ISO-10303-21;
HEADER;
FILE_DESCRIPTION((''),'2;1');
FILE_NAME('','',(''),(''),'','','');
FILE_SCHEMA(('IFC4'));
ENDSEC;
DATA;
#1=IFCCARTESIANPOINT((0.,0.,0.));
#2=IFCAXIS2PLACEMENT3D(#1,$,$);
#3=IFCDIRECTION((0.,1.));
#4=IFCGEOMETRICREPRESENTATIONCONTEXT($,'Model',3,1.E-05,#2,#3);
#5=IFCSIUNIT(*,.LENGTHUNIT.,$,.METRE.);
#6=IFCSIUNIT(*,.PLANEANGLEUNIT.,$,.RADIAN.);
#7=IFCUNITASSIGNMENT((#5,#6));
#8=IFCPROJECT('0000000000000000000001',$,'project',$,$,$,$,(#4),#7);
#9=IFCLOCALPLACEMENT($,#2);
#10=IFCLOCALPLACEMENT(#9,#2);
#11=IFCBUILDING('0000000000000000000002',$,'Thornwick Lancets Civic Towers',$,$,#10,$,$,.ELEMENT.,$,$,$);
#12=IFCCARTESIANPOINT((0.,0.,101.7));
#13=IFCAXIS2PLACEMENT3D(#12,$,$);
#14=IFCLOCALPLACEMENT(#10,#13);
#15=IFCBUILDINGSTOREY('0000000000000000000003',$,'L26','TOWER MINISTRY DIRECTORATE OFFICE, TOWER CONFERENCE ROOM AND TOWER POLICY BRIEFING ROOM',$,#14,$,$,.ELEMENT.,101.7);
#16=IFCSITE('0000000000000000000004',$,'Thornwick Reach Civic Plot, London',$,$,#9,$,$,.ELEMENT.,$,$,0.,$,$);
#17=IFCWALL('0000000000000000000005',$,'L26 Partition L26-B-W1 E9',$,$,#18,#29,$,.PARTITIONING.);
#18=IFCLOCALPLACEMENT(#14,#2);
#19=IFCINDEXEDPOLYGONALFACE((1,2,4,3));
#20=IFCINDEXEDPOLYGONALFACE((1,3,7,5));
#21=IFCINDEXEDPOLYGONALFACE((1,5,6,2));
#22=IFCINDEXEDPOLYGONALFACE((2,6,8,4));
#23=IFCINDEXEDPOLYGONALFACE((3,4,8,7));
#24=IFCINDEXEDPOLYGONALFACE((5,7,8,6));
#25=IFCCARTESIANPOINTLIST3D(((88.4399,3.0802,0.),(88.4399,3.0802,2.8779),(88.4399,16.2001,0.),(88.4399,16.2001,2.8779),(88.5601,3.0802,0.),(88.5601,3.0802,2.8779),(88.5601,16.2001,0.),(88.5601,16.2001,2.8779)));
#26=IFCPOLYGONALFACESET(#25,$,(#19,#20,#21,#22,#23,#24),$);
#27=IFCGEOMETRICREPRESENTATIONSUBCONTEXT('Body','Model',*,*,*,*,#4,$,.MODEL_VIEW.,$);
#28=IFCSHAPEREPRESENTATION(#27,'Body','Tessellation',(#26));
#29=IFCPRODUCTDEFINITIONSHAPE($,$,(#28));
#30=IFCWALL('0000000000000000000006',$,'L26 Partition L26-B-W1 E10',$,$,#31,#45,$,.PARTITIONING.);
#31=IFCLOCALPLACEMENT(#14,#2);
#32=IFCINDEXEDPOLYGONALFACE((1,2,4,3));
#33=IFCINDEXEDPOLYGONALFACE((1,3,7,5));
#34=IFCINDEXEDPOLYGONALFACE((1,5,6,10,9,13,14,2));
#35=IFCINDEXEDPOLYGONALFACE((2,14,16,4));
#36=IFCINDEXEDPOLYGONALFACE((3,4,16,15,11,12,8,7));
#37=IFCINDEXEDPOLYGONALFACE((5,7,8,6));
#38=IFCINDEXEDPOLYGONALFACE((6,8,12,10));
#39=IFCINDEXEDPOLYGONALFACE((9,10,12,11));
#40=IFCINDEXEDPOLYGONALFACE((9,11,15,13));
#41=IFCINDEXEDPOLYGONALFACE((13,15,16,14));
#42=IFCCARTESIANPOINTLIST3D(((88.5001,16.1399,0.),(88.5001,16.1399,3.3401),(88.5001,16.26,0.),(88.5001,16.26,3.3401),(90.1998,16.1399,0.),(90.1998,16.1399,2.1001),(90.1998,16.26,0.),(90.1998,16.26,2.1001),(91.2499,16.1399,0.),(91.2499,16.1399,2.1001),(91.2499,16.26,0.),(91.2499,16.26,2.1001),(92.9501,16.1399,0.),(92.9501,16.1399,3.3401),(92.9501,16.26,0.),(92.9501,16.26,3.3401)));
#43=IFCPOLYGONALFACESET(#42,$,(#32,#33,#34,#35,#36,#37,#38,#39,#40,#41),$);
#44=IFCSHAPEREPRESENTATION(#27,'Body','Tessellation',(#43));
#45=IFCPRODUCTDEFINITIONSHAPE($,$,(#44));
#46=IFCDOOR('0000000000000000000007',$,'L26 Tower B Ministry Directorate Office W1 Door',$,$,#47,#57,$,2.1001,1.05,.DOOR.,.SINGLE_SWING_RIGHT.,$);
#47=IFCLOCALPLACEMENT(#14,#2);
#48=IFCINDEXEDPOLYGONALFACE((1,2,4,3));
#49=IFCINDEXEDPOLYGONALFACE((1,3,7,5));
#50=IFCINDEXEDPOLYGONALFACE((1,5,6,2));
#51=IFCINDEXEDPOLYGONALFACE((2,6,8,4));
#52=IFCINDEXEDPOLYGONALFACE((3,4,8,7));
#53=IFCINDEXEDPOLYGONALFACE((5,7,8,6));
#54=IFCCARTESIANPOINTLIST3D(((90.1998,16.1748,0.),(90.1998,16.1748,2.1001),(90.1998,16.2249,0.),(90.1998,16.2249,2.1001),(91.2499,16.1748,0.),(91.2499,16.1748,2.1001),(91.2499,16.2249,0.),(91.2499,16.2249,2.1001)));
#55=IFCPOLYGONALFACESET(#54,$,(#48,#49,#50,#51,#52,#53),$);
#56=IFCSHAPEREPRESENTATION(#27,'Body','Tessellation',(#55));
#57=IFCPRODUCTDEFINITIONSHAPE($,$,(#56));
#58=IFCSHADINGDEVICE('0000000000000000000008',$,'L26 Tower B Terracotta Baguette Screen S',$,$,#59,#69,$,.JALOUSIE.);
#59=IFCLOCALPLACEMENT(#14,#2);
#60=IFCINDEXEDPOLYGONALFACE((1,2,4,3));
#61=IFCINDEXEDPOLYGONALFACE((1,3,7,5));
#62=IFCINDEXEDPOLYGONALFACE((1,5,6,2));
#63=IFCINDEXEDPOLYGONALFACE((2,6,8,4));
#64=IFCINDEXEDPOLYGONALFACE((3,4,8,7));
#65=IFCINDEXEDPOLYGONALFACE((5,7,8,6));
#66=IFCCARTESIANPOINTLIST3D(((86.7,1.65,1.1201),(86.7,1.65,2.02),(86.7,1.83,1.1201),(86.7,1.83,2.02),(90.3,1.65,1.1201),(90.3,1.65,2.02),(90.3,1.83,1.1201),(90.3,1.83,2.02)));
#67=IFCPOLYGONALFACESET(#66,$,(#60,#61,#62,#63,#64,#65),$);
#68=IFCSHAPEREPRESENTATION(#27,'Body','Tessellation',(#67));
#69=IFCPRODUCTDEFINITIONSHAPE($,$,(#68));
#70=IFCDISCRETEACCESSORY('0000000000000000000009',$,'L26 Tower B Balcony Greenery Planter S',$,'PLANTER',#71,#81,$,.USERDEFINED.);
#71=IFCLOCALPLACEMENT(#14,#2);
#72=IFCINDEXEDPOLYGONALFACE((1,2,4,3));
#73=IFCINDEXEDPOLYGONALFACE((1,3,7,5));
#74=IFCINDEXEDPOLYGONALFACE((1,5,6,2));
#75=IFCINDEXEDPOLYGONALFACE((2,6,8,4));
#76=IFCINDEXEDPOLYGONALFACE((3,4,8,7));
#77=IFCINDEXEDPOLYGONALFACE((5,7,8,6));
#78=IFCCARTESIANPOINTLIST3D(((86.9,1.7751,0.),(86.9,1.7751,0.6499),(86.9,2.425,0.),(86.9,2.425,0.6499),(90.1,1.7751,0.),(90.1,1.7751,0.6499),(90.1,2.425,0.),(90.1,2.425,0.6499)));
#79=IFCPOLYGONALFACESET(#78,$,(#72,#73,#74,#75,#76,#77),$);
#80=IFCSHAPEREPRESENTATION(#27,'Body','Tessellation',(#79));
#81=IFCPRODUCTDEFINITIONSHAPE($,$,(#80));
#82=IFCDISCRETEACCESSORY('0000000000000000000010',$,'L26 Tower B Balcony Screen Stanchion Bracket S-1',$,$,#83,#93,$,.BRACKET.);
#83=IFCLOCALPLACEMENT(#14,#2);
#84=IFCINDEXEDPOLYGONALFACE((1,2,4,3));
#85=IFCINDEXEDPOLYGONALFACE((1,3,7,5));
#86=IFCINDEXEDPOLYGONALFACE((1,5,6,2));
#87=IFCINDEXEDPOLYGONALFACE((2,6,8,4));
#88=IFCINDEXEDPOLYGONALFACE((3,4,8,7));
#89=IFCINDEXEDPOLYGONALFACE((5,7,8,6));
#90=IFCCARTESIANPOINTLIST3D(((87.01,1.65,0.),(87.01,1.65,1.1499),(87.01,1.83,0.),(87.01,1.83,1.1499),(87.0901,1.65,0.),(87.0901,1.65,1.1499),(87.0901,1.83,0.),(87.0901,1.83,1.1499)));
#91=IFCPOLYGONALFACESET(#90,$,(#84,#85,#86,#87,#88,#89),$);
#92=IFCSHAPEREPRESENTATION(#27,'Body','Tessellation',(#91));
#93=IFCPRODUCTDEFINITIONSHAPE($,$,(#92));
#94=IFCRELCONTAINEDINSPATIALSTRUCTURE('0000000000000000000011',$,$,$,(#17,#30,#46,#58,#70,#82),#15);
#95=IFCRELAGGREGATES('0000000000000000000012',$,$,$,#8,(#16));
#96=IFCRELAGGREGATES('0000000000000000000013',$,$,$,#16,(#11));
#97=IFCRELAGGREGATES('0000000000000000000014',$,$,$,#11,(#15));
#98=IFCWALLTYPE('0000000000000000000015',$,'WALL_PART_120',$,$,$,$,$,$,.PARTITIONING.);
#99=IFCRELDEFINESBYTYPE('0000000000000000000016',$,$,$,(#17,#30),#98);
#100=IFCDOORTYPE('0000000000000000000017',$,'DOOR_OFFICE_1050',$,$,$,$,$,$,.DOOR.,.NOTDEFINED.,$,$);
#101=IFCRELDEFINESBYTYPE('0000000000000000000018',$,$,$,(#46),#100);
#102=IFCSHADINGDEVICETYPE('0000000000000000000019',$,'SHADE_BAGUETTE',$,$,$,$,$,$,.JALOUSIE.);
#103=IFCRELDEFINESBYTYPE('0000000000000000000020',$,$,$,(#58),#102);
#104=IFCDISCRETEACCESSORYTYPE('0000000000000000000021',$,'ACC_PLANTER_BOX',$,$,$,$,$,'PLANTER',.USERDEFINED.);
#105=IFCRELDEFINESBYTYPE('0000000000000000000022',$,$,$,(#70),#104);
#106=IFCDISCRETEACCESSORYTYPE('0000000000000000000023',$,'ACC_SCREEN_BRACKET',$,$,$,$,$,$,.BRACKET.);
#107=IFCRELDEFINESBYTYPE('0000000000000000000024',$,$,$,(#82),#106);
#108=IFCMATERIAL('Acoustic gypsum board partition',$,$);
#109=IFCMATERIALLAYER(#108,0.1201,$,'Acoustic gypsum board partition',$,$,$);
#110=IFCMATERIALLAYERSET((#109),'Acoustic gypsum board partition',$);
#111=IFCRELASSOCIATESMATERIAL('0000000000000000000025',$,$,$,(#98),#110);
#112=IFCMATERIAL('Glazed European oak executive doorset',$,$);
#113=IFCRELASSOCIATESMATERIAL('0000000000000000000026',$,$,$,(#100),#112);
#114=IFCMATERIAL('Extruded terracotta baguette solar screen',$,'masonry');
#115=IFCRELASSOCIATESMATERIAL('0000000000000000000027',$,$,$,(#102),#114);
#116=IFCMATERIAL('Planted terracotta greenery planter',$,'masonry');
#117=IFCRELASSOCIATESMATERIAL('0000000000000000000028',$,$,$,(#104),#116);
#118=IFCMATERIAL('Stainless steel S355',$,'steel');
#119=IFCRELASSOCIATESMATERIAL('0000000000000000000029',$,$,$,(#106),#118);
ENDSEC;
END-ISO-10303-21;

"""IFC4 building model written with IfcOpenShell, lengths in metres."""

from ifc_helpers import new_model, si_unit, direction, frame, frame_2d, origin, origin_2d, place, context, subcontext, project, spatial, rectangle, extrude, material, layer, layer_set, type_object, element, fill, save


model = new_model("IFC4")

# Units and contexts
model_context = context("Model", 3, precision=1e-05, world=origin(), true_north=direction((0.0, 1.0)))
body_context = subcontext(model_context, "Body", "Model", "MODEL_VIEW")
ifc_project = project(units=[si_unit("LENGTHUNIT", "METRE"), si_unit("PLANEANGLEUNIT", "RADIAN")], contexts=[model_context])

# Site, building, storey
site_placement = place(None, origin())
site = spatial("IfcSite", under=ifc_project, at=site_placement, Name="Thornwick Reach Civic Plot, London", CompositionType="ELEMENT", RefElevation=0.0)
building_placement = place(site_placement, origin())
building = spatial("IfcBuilding", under=site, at=building_placement, Name="Thornwick Lancets Civic Towers", CompositionType="ELEMENT")
storey_placement = place(building_placement, frame((0.0, 0.0, 101.7)))
storey = spatial("IfcBuildingStorey", under=building, at=storey_placement, Name="L26", Description="TOWER MINISTRY DIRECTORATE OFFICE, TOWER CONFERENCE ROOM AND TOWER POLICY BRIEFING ROOM", CompositionType="ELEMENT", Elevation=101.7)

# Wall
ifc_material_1 = material(Name="Acoustic gypsum board partition")
ifc_layer_1 = layer(ifc_material_1, 0.1201, Name="Acoustic gypsum board partition")
ifc_layer_set_1 = layer_set([ifc_layer_1], Name="Acoustic gypsum board partition")
wall_type_1 = type_object("IfcWallType", Name="WALL_PART_120", PredefinedType="PARTITIONING", material=ifc_layer_set_1)
wall_1_placement = place(storey_placement, frame((88.5, 3.0801, 0.0), z_axis=(0.0, 0.0, 1.0), x_axis=(0.0, 1.0, 0.0)))
element("IfcWall", 1, at=wall_1_placement, inside=storey, type_object=wall_type_1, Name="L26 Partition L26-B-W1 E9", PredefinedType="PARTITIONING", context=body_context, shape_type="SweptSolid", body=[
    extrude(rectangle(XDim=13.1199, YDim=0.1201, at=frame_2d((6.5601, 0.0))), origin(), (0.0, 0.0, 1.0), 2.8779),
])

# Wall, opening, door
wall_2_placement = place(storey_placement, frame((88.5, 16.2, 0.0), z_axis=(0.0, 0.0, 1.0), x_axis=(1.0, 0.0, 0.0)))
wall_2 = element("IfcWall", 2, at=wall_2_placement, inside=storey, type_object=wall_type_1, Name="L26 Partition L26-B-W1 E10", PredefinedType="PARTITIONING", context=body_context, shape_type="SweptSolid", body=[
    extrude(rectangle(XDim=4.45, YDim=0.1201, at=frame_2d((2.2251, 0.0))), origin(), (0.0, 0.0, 1.0), 3.3401),
])
opening_1_placement = place(wall_2_placement, frame((1.7, 0.0, 0.0)))
opening_1 = element("IfcOpeningElement", 3, at=opening_1_placement, cuts=wall_2, PredefinedType="OPENING", context=body_context, shape_type="SweptSolid", body=[
    extrude(rectangle(XDim=1.05, YDim=2.1001, at=frame_2d((0.5249, 1.05))), frame((0.0, 0.0701, 0.0), z_axis=(0.0, -1.0, 0.0), x_axis=(1.0, 0.0, 0.0)), (0.0, 0.0, 1.0), 0.1401),
])
ifc_material_2 = material(Name="Glazed European oak executive doorset")
door_type = type_object("IfcDoorType", Name="DOOR_OFFICE_1050", OperationType="NOTDEFINED", PredefinedType="DOOR", material=ifc_material_2)
door_placement = place(opening_1_placement, origin())
door = element("IfcDoor", 4, at=door_placement, inside=storey, type_object=door_type, Name="L26 Tower B Ministry Directorate Office W1 Door", OperationType="SINGLE_SWING_RIGHT", OverallHeight=2.1001, OverallWidth=1.05, PredefinedType="DOOR", context=body_context, shape_type="SweptSolid", body=[
    extrude(rectangle(XDim=1.05, YDim=2.1001, at=frame_2d((0.5249, 1.05))), frame((0.0, 0.0249, 0.0), z_axis=(0.0, -1.0, 0.0), x_axis=(1.0, 0.0, 0.0)), (0.0, 0.0, 1.0), 0.05),
])
fill(opening_1, door)

# Shading device
ifc_material_3 = material(Name="Extruded terracotta baguette solar screen", Category="masonry")
shading_device_type = type_object("IfcShadingDeviceType", Name="SHADE_BAGUETTE", PredefinedType="JALOUSIE", material=ifc_material_3)
shading_device_placement = place(storey_placement, frame((88.5, 1.74, 1.1201), z_axis=(0.0, 0.0, 1.0), x_axis=(1.0, 0.0, 0.0)))
element("IfcShadingDevice", 5, at=shading_device_placement, inside=storey, type_object=shading_device_type, Name="L26 Tower B Terracotta Baguette Screen S", PredefinedType="JALOUSIE", context=body_context, shape_type="SweptSolid", body=[
    extrude(rectangle(XDim=3.6001, YDim=0.1799, at=origin_2d()), origin(), (0.0, 0.0, 1.0), 0.8999),
])

# Discrete accessories
ifc_material_4 = material(Name="Planted terracotta greenery planter", Category="masonry")
discrete_accessory_type_1 = type_object("IfcDiscreteAccessoryType", Name="ACC_PLANTER_BOX", ElementType="PLANTER", PredefinedType="USERDEFINED", material=ifc_material_4)
discrete_accessory_1_placement = place(storey_placement, frame((88.5, 2.1001, 0.0), z_axis=(0.0, 0.0, 1.0), x_axis=(1.0, 0.0, 0.0)))
element("IfcDiscreteAccessory", 6, at=discrete_accessory_1_placement, inside=storey, type_object=discrete_accessory_type_1, Name="L26 Tower B Balcony Greenery Planter S", ObjectType="PLANTER", PredefinedType="USERDEFINED", context=body_context, shape_type="SweptSolid", body=[
    extrude(rectangle(XDim=3.2, YDim=0.6499, at=origin_2d()), origin(), (0.0, 0.0, 1.0), 0.6499),
])
ifc_material_5 = material(Name="Stainless steel S355", Category="steel")
discrete_accessory_type_2 = type_object("IfcDiscreteAccessoryType", Name="ACC_SCREEN_BRACKET", PredefinedType="BRACKET", material=ifc_material_5)
discrete_accessory_2_placement = place(storey_placement, frame((87.05, 1.74, 0.0), z_axis=(0.0, 0.0, 1.0), x_axis=(1.0, 0.0, 0.0)))
element("IfcDiscreteAccessory", 7, at=discrete_accessory_2_placement, inside=storey, type_object=discrete_accessory_type_2, Name="L26 Tower B Balcony Screen Stanchion Bracket S-1", PredefinedType="BRACKET", context=body_context, shape_type="SweptSolid", body=[
    extrude(rectangle(XDim=0.0801, YDim=0.1799, at=origin_2d()), origin(), (0.0, 0.0, 1.0), 1.1499),
])

save(model, "model.ifc")
